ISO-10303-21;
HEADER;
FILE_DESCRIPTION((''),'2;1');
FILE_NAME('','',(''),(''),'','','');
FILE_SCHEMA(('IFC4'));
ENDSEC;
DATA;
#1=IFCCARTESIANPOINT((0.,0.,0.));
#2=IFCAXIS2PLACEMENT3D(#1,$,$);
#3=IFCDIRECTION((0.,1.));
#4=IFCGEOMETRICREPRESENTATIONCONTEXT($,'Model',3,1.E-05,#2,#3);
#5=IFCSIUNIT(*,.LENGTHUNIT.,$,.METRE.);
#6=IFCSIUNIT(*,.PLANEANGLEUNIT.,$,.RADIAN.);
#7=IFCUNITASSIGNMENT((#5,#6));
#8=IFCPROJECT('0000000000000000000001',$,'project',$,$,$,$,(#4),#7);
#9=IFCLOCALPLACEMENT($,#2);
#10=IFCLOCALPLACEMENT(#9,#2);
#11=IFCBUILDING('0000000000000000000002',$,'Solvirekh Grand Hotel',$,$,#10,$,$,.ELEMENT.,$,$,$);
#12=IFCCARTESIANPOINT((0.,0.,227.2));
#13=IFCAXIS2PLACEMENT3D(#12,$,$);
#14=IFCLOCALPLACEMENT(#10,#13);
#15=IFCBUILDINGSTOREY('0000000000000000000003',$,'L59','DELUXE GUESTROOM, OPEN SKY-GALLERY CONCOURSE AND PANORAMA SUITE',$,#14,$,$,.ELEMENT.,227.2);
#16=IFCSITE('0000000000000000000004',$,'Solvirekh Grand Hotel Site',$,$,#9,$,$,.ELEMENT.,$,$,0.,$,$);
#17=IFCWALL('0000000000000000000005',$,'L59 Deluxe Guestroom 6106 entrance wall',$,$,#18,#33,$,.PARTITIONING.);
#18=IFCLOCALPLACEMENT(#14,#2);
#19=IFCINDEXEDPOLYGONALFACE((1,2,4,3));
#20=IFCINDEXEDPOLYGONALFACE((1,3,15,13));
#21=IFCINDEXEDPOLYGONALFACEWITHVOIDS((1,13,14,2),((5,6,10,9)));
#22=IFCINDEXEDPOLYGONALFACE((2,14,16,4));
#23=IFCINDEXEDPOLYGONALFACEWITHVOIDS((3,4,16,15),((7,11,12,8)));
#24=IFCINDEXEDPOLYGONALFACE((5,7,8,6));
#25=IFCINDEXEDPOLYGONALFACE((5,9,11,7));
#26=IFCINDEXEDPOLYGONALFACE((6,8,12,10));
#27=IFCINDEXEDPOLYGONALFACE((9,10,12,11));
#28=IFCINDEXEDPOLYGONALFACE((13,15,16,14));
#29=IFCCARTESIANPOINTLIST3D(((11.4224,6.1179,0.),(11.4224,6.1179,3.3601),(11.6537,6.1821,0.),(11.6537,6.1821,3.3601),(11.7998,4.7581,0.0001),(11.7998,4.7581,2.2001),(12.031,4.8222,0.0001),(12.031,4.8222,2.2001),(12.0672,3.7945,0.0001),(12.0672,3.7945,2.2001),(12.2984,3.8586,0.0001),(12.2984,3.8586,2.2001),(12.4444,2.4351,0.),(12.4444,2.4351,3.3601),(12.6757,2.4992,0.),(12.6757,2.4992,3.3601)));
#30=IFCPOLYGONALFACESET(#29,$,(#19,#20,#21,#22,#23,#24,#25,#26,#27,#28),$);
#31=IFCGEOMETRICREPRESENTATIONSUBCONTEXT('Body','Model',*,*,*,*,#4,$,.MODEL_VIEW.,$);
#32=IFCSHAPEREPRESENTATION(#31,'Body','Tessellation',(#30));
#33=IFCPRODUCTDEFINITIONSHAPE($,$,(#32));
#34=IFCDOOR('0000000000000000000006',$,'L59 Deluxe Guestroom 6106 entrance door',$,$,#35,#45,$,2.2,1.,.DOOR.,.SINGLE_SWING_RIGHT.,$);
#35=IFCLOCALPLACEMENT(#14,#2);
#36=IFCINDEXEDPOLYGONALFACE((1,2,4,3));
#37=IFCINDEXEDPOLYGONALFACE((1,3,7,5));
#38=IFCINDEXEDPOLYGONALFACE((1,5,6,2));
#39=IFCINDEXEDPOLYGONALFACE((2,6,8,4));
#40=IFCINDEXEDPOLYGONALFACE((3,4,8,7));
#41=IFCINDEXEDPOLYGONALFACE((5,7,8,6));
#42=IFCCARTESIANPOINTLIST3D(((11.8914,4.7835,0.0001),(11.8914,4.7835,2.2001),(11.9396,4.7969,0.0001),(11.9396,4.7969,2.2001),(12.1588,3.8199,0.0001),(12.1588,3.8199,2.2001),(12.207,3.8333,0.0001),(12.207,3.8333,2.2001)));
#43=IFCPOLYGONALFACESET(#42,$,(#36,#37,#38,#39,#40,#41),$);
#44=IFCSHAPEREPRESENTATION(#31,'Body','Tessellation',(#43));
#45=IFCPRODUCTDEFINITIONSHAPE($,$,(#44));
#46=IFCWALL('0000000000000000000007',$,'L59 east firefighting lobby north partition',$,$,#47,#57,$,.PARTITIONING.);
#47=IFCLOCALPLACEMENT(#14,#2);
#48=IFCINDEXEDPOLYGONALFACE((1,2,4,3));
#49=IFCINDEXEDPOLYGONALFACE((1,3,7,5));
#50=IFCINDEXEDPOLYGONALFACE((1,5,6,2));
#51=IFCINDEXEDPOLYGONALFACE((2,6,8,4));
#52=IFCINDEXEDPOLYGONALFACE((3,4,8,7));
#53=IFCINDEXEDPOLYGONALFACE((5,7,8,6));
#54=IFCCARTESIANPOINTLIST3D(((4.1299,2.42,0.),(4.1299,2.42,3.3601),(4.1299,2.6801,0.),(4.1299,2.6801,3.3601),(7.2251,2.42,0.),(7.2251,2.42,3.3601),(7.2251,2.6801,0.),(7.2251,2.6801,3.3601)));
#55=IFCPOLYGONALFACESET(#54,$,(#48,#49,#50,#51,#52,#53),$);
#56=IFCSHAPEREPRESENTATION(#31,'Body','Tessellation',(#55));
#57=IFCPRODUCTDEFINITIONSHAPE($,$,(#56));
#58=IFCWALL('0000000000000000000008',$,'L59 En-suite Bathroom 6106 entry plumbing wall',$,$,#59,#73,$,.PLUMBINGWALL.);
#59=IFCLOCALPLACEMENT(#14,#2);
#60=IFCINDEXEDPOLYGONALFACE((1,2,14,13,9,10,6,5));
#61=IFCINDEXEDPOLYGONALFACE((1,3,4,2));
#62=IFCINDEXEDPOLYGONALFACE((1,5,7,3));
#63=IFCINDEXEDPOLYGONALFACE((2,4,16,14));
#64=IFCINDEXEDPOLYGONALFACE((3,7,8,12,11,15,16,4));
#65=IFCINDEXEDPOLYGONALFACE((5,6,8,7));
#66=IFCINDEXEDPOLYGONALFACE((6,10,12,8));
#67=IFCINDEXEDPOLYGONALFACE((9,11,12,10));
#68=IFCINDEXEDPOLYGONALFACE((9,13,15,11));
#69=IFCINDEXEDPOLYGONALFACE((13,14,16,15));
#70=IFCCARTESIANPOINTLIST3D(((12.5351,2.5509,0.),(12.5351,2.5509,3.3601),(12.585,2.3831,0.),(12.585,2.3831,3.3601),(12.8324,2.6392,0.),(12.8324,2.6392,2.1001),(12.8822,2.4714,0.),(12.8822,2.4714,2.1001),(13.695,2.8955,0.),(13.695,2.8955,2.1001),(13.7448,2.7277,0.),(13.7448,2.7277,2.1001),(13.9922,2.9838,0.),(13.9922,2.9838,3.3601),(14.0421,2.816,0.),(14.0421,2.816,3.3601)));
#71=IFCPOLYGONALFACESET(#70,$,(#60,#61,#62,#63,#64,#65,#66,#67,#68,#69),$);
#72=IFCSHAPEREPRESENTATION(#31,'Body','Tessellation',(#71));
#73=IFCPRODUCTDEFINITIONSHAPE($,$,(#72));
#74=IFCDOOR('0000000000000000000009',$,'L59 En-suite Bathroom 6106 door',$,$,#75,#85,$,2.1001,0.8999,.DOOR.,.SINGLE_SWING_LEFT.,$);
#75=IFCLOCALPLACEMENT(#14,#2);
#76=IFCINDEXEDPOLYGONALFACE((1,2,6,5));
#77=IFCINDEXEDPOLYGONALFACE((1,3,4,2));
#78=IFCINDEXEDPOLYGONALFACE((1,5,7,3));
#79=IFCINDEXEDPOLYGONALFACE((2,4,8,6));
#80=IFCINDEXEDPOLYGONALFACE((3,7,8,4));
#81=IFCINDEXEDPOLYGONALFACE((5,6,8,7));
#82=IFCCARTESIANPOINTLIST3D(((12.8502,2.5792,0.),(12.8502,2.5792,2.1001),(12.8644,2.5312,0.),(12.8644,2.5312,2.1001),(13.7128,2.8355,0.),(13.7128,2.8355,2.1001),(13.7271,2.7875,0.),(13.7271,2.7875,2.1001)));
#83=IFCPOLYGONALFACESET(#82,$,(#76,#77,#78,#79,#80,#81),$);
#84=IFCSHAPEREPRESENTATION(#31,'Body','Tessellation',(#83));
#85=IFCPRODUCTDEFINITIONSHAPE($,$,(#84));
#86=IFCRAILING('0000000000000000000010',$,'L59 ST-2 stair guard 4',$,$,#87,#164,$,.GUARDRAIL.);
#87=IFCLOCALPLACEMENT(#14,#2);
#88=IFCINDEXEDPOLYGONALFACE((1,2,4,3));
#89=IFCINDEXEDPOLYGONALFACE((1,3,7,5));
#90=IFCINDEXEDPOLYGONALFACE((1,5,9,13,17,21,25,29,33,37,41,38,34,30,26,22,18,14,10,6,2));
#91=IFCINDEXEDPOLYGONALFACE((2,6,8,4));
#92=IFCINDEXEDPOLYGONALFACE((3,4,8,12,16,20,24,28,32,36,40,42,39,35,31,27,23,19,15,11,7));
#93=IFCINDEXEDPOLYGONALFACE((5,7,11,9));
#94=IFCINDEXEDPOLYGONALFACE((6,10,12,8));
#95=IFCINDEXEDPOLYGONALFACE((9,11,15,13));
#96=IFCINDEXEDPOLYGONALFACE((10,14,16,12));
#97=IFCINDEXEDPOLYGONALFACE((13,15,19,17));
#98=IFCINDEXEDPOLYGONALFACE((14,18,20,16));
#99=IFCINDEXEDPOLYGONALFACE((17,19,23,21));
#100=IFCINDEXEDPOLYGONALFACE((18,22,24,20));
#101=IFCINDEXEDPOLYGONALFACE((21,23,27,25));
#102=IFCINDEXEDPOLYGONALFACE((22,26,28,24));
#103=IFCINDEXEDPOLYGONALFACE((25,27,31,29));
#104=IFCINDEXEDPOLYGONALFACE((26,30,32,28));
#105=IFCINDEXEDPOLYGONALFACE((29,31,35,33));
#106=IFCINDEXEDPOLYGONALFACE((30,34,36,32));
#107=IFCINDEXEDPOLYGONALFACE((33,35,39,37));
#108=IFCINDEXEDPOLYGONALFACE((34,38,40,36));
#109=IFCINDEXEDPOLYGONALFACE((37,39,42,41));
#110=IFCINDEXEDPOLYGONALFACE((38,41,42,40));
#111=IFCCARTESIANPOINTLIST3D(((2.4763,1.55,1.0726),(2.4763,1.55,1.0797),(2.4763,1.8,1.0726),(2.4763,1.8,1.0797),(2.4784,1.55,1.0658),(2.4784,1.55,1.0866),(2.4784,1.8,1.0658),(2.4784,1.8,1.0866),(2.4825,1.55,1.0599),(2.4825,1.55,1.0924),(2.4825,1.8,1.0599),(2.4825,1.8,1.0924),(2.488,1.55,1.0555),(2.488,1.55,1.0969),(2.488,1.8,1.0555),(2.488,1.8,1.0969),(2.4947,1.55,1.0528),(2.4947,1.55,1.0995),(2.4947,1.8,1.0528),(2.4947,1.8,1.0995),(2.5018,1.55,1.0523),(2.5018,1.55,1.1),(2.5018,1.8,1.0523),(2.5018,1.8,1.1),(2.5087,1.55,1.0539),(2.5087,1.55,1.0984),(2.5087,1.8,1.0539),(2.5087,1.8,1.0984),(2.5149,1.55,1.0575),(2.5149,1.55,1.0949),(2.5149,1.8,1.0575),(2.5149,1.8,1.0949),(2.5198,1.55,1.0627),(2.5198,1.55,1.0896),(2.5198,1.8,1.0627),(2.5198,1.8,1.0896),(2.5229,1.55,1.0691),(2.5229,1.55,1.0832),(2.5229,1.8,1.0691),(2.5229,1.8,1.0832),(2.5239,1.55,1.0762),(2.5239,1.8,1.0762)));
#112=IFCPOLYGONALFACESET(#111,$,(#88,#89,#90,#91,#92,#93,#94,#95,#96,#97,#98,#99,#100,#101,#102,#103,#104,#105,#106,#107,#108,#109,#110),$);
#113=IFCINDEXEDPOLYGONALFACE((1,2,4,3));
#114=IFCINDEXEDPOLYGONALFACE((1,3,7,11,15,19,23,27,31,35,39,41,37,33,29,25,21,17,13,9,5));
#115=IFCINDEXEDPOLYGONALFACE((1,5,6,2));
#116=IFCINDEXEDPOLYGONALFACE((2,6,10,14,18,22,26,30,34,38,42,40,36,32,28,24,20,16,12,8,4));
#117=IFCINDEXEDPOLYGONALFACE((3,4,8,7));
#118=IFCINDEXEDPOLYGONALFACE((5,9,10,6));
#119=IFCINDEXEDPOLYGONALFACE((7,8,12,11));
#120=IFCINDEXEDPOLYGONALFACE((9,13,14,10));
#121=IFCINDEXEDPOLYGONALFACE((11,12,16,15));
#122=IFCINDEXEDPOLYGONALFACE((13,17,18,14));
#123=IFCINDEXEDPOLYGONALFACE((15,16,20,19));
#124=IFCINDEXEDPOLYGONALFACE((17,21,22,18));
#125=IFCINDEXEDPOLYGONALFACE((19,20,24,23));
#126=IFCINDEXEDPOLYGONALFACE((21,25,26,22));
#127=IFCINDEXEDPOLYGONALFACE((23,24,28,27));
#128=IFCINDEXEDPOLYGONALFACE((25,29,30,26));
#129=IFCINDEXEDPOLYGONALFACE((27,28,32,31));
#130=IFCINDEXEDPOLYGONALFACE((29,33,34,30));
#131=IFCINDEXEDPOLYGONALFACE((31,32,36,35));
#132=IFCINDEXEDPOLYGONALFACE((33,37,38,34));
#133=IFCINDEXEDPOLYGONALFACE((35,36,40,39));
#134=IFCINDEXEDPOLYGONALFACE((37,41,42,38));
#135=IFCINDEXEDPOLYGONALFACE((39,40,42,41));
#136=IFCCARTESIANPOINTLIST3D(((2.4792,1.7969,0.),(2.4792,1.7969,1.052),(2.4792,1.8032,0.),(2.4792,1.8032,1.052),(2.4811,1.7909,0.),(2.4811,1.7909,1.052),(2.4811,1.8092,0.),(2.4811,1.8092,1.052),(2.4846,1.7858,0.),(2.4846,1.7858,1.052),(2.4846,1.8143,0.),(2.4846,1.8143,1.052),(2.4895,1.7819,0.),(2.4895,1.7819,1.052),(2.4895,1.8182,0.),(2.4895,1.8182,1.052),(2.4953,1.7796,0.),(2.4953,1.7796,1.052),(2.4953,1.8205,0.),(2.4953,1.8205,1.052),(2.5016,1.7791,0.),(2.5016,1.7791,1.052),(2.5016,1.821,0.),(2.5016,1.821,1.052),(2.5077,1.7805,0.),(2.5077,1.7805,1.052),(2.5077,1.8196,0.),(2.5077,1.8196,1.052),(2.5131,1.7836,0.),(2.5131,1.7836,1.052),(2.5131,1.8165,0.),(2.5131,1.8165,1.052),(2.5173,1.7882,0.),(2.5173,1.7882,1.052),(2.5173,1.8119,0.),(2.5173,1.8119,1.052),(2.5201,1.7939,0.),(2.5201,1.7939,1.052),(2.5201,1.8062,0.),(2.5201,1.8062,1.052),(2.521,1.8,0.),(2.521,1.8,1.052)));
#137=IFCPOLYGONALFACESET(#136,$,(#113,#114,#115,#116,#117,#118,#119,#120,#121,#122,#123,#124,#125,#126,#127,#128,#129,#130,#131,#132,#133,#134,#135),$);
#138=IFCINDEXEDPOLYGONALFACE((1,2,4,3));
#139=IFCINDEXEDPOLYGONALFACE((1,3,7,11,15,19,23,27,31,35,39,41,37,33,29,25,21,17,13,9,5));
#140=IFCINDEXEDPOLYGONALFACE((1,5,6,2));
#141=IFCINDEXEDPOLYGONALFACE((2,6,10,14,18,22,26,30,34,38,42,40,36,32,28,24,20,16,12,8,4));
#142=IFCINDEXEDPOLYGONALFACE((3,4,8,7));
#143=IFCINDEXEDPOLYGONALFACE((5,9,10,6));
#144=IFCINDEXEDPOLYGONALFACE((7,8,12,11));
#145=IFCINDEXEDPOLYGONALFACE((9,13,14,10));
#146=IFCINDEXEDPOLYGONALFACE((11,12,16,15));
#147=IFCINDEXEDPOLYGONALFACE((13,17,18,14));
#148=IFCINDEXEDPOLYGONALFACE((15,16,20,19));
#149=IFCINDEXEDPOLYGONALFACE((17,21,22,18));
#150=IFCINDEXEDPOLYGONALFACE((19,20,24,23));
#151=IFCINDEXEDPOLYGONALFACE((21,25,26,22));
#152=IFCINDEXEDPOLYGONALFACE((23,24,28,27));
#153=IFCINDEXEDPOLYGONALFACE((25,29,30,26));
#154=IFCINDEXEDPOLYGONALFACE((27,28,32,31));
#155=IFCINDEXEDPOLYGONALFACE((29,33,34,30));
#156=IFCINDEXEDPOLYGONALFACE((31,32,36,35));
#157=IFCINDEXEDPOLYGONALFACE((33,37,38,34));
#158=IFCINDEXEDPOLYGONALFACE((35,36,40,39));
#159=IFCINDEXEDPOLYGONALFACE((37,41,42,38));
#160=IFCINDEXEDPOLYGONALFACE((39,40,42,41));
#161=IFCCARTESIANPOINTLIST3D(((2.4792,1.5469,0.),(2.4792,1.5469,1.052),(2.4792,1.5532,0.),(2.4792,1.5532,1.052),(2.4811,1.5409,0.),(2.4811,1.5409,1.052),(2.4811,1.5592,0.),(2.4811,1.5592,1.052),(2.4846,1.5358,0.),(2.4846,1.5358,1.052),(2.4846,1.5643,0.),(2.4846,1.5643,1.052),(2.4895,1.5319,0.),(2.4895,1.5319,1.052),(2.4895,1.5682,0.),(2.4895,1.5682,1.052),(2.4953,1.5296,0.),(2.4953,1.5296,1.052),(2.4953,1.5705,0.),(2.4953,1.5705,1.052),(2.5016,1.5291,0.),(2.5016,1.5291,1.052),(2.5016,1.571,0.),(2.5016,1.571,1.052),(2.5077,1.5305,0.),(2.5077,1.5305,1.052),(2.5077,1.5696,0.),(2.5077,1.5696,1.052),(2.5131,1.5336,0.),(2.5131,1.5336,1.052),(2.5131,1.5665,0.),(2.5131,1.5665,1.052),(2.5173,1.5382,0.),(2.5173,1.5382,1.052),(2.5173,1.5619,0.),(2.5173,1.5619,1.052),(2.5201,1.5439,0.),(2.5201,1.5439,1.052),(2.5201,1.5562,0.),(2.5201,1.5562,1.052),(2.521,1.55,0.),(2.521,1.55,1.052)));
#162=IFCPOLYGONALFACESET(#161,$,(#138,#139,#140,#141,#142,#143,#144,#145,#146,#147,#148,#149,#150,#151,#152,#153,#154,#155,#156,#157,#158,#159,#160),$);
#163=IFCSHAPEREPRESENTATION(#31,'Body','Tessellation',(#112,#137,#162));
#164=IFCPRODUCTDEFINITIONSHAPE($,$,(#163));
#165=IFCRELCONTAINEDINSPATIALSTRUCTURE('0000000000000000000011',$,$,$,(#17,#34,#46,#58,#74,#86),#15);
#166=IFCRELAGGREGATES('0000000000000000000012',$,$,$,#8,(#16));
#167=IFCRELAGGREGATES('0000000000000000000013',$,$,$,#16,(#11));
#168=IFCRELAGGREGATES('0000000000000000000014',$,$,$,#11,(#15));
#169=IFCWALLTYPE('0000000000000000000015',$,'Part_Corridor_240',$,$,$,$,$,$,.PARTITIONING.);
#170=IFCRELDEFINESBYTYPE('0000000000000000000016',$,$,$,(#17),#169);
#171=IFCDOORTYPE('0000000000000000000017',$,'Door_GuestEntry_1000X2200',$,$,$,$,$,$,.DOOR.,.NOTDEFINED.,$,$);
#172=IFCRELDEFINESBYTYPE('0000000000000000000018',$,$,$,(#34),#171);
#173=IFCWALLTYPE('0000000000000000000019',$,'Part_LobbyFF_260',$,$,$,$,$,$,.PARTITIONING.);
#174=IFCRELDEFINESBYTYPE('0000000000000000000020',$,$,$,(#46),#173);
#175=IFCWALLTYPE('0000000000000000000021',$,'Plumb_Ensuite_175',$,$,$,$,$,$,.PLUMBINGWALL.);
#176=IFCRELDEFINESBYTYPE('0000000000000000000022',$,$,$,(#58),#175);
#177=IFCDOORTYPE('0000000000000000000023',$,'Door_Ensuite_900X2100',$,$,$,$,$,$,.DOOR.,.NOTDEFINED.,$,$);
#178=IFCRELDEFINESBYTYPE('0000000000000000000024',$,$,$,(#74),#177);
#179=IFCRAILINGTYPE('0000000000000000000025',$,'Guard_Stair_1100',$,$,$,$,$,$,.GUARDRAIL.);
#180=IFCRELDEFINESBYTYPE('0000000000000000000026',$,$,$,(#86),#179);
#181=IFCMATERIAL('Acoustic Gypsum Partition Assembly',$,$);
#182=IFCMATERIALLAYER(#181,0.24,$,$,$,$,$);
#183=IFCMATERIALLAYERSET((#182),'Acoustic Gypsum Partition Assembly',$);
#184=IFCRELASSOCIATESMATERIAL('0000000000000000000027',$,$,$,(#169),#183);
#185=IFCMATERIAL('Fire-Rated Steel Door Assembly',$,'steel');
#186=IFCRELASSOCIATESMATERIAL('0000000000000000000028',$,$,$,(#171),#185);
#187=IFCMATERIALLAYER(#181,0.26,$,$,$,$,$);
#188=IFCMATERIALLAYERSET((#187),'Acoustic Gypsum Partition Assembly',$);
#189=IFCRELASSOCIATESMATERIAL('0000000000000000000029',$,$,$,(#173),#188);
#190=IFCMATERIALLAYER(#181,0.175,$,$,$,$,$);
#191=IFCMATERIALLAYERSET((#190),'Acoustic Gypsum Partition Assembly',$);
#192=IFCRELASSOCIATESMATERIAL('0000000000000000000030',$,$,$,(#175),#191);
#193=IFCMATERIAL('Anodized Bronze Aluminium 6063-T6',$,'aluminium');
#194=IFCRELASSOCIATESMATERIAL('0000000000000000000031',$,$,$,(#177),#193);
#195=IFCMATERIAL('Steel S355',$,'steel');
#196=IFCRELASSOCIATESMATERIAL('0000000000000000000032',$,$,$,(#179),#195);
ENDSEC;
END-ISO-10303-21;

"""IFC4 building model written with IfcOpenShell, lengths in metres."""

from ifc_helpers import new_model, si_unit, direction, frame, frame_2d, origin, origin_2d, place, context, subcontext, project, spatial, rectangle, circle, extrude, material, layer, layer_set, type_object, element, fill, save


model = new_model("IFC4")

# Units and contexts
model_context = context("Model", 3, precision=1e-05, world=origin(), true_north=direction((0.0, 1.0)))
body_context = subcontext(model_context, "Body", "Model", "MODEL_VIEW")
ifc_project = project(units=[si_unit("LENGTHUNIT", "METRE"), si_unit("PLANEANGLEUNIT", "RADIAN")], contexts=[model_context])

# Site, building, storey
site_placement = place(None, origin())
site = spatial("IfcSite", under=ifc_project, at=site_placement, Name="Solvirekh Grand Hotel Site", CompositionType="ELEMENT", RefElevation=0.0)
building_placement = place(site_placement, origin())
building = spatial("IfcBuilding", under=site, at=building_placement, Name="Solvirekh Grand Hotel", CompositionType="ELEMENT")
storey_placement = place(building_placement, frame((0.0, 0.0, 227.2)))
storey = spatial("IfcBuildingStorey", under=building, at=storey_placement, Name="L59", Description="DELUXE GUESTROOM, OPEN SKY-GALLERY CONCOURSE AND PANORAMA SUITE", CompositionType="ELEMENT", Elevation=227.2)

# Shared definitions
ifc_material_1 = material(Name="Anodized Bronze Aluminium 6063-T6", Category="aluminium")

# Shared definitions
ifc_material_2 = material(Name="Acoustic Gypsum Partition Assembly")

# Shared definitions
ifc_layer_1 = layer(ifc_material_2, 0.24)
ifc_layer_set_1 = layer_set([ifc_layer_1], Name="Acoustic Gypsum Partition Assembly")
wall_type_1 = type_object("IfcWallType", Name="Part_Corridor_240", PredefinedType="PARTITIONING", material=ifc_layer_set_1)

# Wall, opening, door
wall_1_placement = place(storey_placement, frame((12.5601, 2.467, 0.0), z_axis=(0.0, 0.0, 1.0), x_axis=(-0.26739, 0.963588, 0.0)))
wall_1 = element("IfcWall", 1, at=wall_1_placement, inside=storey, type_object=wall_type_1, Name="L59 Deluxe Guestroom 6106 entrance wall", PredefinedType="PARTITIONING", context=body_context, shape_type="SweptSolid", body=[
    extrude(rectangle(XDim=3.822, YDim=0.24, at=frame_2d((1.9111, 0.0))), origin(), (0.0, 0.0, 1.0), 3.3601),
])
opening_1_placement = place(wall_1_placement, frame((1.4109, 0.0, 0.0)))
opening_1 = element("IfcOpeningElement", 2, at=opening_1_placement, cuts=wall_1, PredefinedType="OPENING", context=body_context, shape_type="SweptSolid", body=[
    extrude(rectangle(XDim=1.0, YDim=2.2, at=frame_2d((0.5, 1.1001))), frame((0.0, 0.1299, 0.0), z_axis=(0.0, -1.0, 0.0), x_axis=(1.0, 0.0, 0.0)), (0.0, 0.0, 1.0), 0.26),
])
ifc_material_3 = material(Name="Fire-Rated Steel Door Assembly", Category="steel")
door_type_1 = type_object("IfcDoorType", Name="Door_GuestEntry_1000X2200", OperationType="NOTDEFINED", PredefinedType="DOOR", material=ifc_material_3)
door_1_placement = place(opening_1_placement, origin())
door_1 = element("IfcDoor", 3, at=door_1_placement, inside=storey, type_object=door_type_1, Name="L59 Deluxe Guestroom 6106 entrance door", OperationType="SINGLE_SWING_RIGHT", OverallHeight=2.2, OverallWidth=1.0, PredefinedType="DOOR", context=body_context, shape_type="SweptSolid", body=[
    extrude(rectangle(XDim=1.0, YDim=2.2, at=frame_2d((0.5, 1.1001))), frame((0.0, 0.0249, 0.0), z_axis=(0.0, -1.0, 0.0), x_axis=(1.0, 0.0, 0.0)), (0.0, 0.0, 1.0), 0.05),
])
fill(opening_1, door_1)

# Wall
ifc_layer_2 = layer(ifc_material_2, 0.26)
ifc_layer_set_2 = layer_set([ifc_layer_2], Name="Acoustic Gypsum Partition Assembly")
wall_type_2 = type_object("IfcWallType", Name="Part_LobbyFF_260", PredefinedType="PARTITIONING", material=ifc_layer_set_2)
wall_2_placement = place(storey_placement, frame((4.1299, 2.55, 0.0), z_axis=(0.0, 0.0, 1.0), x_axis=(1.0, 0.0, 0.0)))
element("IfcWall", 4, at=wall_2_placement, inside=storey, type_object=wall_type_2, Name="L59 east firefighting lobby north partition", PredefinedType="PARTITIONING", context=body_context, shape_type="SweptSolid", body=[
    extrude(rectangle(XDim=3.0952, YDim=0.26, at=frame_2d((1.5476, 0.0))), origin(), (0.0, 0.0, 1.0), 3.3601),
])

# Wall, opening, door
ifc_layer_3 = layer(ifc_material_2, 0.175)
ifc_layer_set_3 = layer_set([ifc_layer_3], Name="Acoustic Gypsum Partition Assembly")
wall_type_3 = type_object("IfcWallType", Name="Plumb_Ensuite_175", PredefinedType="PLUMBINGWALL", material=ifc_layer_set_3)
wall_3_placement = place(storey_placement, frame((12.5601, 2.467, 0.0), z_axis=(0.0, 0.0, 1.0), x_axis=(0.958592, 0.284783, 0.0)))
wall_3 = element("IfcWall", 5, at=wall_3_placement, inside=storey, type_object=wall_type_3, Name="L59 En-suite Bathroom 6106 entry plumbing wall", PredefinedType="PLUMBINGWALL", context=body_context, shape_type="SweptSolid", body=[
    extrude(rectangle(XDim=1.52, YDim=0.175, at=frame_2d((0.76, 0.0))), origin(), (0.0, 0.0, 1.0), 3.3601),
])
opening_2_placement = place(wall_3_placement, frame((0.3101, 0.0, 0.0)))
opening_2 = element("IfcOpeningElement", 6, at=opening_2_placement, cuts=wall_3, PredefinedType="OPENING", context=body_context, shape_type="SweptSolid", body=[
    extrude(rectangle(XDim=0.8999, YDim=2.1001, at=frame_2d((0.45, 1.05))), frame((0.0, 0.0977, 0.0), z_axis=(0.0, -1.0, 0.0), x_axis=(1.0, 0.0, 0.0)), (0.0, 0.0, 1.0), 0.1951),
])
door_type_2 = type_object("IfcDoorType", Name="Door_Ensuite_900X2100", OperationType="NOTDEFINED", PredefinedType="DOOR", material=ifc_material_1)
door_2_placement = place(opening_2_placement, origin())
door_2 = element("IfcDoor", 7, at=door_2_placement, inside=storey, type_object=door_type_2, Name="L59 En-suite Bathroom 6106 door", OperationType="SINGLE_SWING_LEFT", OverallHeight=2.1001, OverallWidth=0.8999, PredefinedType="DOOR", context=body_context, shape_type="SweptSolid", body=[
    extrude(rectangle(XDim=0.8999, YDim=2.1001, at=frame_2d((0.45, 1.05))), frame((0.0, 0.0249, 0.0), z_axis=(0.0, -1.0, 0.0), x_axis=(1.0, 0.0, 0.0)), (0.0, 0.0, 1.0), 0.05),
])
fill(opening_2, door_2)

# Railing
ifc_material_4 = material(Name="Steel S355", Category="steel")
railing_type_1 = type_object("IfcRailingType", Name="Guard_Stair_1100", PredefinedType="GUARDRAIL", material=ifc_material_4)
railing_1_placement = place(storey_placement, frame((2.5, 1.8, 0.0)))
element("IfcRailing", 8, at=railing_1_placement, inside=storey, type_object=railing_type_1, Name="L59 ST-2 stair guard 4", PredefinedType="GUARDRAIL", context=body_context, shape_type="SweptSolid", body=[
    extrude(circle(Radius=0.0239, at=origin_2d()), frame((0.0, 0.0, 1.0762), z_axis=(0.0, -1.0, 0.0), x_axis=(1.0, 0.0, 0.0)), (0.0, 0.0, 1.0), 0.25),
    extrude(circle(Radius=0.021, at=origin_2d()), origin(), (0.0, 0.0, 1.0), 1.052),
    extrude(circle(Radius=0.021, at=origin_2d()), frame((0.0, -0.25, 0.0)), (0.0, 0.0, 1.0), 1.052),
])

save(model, "model.ifc")
